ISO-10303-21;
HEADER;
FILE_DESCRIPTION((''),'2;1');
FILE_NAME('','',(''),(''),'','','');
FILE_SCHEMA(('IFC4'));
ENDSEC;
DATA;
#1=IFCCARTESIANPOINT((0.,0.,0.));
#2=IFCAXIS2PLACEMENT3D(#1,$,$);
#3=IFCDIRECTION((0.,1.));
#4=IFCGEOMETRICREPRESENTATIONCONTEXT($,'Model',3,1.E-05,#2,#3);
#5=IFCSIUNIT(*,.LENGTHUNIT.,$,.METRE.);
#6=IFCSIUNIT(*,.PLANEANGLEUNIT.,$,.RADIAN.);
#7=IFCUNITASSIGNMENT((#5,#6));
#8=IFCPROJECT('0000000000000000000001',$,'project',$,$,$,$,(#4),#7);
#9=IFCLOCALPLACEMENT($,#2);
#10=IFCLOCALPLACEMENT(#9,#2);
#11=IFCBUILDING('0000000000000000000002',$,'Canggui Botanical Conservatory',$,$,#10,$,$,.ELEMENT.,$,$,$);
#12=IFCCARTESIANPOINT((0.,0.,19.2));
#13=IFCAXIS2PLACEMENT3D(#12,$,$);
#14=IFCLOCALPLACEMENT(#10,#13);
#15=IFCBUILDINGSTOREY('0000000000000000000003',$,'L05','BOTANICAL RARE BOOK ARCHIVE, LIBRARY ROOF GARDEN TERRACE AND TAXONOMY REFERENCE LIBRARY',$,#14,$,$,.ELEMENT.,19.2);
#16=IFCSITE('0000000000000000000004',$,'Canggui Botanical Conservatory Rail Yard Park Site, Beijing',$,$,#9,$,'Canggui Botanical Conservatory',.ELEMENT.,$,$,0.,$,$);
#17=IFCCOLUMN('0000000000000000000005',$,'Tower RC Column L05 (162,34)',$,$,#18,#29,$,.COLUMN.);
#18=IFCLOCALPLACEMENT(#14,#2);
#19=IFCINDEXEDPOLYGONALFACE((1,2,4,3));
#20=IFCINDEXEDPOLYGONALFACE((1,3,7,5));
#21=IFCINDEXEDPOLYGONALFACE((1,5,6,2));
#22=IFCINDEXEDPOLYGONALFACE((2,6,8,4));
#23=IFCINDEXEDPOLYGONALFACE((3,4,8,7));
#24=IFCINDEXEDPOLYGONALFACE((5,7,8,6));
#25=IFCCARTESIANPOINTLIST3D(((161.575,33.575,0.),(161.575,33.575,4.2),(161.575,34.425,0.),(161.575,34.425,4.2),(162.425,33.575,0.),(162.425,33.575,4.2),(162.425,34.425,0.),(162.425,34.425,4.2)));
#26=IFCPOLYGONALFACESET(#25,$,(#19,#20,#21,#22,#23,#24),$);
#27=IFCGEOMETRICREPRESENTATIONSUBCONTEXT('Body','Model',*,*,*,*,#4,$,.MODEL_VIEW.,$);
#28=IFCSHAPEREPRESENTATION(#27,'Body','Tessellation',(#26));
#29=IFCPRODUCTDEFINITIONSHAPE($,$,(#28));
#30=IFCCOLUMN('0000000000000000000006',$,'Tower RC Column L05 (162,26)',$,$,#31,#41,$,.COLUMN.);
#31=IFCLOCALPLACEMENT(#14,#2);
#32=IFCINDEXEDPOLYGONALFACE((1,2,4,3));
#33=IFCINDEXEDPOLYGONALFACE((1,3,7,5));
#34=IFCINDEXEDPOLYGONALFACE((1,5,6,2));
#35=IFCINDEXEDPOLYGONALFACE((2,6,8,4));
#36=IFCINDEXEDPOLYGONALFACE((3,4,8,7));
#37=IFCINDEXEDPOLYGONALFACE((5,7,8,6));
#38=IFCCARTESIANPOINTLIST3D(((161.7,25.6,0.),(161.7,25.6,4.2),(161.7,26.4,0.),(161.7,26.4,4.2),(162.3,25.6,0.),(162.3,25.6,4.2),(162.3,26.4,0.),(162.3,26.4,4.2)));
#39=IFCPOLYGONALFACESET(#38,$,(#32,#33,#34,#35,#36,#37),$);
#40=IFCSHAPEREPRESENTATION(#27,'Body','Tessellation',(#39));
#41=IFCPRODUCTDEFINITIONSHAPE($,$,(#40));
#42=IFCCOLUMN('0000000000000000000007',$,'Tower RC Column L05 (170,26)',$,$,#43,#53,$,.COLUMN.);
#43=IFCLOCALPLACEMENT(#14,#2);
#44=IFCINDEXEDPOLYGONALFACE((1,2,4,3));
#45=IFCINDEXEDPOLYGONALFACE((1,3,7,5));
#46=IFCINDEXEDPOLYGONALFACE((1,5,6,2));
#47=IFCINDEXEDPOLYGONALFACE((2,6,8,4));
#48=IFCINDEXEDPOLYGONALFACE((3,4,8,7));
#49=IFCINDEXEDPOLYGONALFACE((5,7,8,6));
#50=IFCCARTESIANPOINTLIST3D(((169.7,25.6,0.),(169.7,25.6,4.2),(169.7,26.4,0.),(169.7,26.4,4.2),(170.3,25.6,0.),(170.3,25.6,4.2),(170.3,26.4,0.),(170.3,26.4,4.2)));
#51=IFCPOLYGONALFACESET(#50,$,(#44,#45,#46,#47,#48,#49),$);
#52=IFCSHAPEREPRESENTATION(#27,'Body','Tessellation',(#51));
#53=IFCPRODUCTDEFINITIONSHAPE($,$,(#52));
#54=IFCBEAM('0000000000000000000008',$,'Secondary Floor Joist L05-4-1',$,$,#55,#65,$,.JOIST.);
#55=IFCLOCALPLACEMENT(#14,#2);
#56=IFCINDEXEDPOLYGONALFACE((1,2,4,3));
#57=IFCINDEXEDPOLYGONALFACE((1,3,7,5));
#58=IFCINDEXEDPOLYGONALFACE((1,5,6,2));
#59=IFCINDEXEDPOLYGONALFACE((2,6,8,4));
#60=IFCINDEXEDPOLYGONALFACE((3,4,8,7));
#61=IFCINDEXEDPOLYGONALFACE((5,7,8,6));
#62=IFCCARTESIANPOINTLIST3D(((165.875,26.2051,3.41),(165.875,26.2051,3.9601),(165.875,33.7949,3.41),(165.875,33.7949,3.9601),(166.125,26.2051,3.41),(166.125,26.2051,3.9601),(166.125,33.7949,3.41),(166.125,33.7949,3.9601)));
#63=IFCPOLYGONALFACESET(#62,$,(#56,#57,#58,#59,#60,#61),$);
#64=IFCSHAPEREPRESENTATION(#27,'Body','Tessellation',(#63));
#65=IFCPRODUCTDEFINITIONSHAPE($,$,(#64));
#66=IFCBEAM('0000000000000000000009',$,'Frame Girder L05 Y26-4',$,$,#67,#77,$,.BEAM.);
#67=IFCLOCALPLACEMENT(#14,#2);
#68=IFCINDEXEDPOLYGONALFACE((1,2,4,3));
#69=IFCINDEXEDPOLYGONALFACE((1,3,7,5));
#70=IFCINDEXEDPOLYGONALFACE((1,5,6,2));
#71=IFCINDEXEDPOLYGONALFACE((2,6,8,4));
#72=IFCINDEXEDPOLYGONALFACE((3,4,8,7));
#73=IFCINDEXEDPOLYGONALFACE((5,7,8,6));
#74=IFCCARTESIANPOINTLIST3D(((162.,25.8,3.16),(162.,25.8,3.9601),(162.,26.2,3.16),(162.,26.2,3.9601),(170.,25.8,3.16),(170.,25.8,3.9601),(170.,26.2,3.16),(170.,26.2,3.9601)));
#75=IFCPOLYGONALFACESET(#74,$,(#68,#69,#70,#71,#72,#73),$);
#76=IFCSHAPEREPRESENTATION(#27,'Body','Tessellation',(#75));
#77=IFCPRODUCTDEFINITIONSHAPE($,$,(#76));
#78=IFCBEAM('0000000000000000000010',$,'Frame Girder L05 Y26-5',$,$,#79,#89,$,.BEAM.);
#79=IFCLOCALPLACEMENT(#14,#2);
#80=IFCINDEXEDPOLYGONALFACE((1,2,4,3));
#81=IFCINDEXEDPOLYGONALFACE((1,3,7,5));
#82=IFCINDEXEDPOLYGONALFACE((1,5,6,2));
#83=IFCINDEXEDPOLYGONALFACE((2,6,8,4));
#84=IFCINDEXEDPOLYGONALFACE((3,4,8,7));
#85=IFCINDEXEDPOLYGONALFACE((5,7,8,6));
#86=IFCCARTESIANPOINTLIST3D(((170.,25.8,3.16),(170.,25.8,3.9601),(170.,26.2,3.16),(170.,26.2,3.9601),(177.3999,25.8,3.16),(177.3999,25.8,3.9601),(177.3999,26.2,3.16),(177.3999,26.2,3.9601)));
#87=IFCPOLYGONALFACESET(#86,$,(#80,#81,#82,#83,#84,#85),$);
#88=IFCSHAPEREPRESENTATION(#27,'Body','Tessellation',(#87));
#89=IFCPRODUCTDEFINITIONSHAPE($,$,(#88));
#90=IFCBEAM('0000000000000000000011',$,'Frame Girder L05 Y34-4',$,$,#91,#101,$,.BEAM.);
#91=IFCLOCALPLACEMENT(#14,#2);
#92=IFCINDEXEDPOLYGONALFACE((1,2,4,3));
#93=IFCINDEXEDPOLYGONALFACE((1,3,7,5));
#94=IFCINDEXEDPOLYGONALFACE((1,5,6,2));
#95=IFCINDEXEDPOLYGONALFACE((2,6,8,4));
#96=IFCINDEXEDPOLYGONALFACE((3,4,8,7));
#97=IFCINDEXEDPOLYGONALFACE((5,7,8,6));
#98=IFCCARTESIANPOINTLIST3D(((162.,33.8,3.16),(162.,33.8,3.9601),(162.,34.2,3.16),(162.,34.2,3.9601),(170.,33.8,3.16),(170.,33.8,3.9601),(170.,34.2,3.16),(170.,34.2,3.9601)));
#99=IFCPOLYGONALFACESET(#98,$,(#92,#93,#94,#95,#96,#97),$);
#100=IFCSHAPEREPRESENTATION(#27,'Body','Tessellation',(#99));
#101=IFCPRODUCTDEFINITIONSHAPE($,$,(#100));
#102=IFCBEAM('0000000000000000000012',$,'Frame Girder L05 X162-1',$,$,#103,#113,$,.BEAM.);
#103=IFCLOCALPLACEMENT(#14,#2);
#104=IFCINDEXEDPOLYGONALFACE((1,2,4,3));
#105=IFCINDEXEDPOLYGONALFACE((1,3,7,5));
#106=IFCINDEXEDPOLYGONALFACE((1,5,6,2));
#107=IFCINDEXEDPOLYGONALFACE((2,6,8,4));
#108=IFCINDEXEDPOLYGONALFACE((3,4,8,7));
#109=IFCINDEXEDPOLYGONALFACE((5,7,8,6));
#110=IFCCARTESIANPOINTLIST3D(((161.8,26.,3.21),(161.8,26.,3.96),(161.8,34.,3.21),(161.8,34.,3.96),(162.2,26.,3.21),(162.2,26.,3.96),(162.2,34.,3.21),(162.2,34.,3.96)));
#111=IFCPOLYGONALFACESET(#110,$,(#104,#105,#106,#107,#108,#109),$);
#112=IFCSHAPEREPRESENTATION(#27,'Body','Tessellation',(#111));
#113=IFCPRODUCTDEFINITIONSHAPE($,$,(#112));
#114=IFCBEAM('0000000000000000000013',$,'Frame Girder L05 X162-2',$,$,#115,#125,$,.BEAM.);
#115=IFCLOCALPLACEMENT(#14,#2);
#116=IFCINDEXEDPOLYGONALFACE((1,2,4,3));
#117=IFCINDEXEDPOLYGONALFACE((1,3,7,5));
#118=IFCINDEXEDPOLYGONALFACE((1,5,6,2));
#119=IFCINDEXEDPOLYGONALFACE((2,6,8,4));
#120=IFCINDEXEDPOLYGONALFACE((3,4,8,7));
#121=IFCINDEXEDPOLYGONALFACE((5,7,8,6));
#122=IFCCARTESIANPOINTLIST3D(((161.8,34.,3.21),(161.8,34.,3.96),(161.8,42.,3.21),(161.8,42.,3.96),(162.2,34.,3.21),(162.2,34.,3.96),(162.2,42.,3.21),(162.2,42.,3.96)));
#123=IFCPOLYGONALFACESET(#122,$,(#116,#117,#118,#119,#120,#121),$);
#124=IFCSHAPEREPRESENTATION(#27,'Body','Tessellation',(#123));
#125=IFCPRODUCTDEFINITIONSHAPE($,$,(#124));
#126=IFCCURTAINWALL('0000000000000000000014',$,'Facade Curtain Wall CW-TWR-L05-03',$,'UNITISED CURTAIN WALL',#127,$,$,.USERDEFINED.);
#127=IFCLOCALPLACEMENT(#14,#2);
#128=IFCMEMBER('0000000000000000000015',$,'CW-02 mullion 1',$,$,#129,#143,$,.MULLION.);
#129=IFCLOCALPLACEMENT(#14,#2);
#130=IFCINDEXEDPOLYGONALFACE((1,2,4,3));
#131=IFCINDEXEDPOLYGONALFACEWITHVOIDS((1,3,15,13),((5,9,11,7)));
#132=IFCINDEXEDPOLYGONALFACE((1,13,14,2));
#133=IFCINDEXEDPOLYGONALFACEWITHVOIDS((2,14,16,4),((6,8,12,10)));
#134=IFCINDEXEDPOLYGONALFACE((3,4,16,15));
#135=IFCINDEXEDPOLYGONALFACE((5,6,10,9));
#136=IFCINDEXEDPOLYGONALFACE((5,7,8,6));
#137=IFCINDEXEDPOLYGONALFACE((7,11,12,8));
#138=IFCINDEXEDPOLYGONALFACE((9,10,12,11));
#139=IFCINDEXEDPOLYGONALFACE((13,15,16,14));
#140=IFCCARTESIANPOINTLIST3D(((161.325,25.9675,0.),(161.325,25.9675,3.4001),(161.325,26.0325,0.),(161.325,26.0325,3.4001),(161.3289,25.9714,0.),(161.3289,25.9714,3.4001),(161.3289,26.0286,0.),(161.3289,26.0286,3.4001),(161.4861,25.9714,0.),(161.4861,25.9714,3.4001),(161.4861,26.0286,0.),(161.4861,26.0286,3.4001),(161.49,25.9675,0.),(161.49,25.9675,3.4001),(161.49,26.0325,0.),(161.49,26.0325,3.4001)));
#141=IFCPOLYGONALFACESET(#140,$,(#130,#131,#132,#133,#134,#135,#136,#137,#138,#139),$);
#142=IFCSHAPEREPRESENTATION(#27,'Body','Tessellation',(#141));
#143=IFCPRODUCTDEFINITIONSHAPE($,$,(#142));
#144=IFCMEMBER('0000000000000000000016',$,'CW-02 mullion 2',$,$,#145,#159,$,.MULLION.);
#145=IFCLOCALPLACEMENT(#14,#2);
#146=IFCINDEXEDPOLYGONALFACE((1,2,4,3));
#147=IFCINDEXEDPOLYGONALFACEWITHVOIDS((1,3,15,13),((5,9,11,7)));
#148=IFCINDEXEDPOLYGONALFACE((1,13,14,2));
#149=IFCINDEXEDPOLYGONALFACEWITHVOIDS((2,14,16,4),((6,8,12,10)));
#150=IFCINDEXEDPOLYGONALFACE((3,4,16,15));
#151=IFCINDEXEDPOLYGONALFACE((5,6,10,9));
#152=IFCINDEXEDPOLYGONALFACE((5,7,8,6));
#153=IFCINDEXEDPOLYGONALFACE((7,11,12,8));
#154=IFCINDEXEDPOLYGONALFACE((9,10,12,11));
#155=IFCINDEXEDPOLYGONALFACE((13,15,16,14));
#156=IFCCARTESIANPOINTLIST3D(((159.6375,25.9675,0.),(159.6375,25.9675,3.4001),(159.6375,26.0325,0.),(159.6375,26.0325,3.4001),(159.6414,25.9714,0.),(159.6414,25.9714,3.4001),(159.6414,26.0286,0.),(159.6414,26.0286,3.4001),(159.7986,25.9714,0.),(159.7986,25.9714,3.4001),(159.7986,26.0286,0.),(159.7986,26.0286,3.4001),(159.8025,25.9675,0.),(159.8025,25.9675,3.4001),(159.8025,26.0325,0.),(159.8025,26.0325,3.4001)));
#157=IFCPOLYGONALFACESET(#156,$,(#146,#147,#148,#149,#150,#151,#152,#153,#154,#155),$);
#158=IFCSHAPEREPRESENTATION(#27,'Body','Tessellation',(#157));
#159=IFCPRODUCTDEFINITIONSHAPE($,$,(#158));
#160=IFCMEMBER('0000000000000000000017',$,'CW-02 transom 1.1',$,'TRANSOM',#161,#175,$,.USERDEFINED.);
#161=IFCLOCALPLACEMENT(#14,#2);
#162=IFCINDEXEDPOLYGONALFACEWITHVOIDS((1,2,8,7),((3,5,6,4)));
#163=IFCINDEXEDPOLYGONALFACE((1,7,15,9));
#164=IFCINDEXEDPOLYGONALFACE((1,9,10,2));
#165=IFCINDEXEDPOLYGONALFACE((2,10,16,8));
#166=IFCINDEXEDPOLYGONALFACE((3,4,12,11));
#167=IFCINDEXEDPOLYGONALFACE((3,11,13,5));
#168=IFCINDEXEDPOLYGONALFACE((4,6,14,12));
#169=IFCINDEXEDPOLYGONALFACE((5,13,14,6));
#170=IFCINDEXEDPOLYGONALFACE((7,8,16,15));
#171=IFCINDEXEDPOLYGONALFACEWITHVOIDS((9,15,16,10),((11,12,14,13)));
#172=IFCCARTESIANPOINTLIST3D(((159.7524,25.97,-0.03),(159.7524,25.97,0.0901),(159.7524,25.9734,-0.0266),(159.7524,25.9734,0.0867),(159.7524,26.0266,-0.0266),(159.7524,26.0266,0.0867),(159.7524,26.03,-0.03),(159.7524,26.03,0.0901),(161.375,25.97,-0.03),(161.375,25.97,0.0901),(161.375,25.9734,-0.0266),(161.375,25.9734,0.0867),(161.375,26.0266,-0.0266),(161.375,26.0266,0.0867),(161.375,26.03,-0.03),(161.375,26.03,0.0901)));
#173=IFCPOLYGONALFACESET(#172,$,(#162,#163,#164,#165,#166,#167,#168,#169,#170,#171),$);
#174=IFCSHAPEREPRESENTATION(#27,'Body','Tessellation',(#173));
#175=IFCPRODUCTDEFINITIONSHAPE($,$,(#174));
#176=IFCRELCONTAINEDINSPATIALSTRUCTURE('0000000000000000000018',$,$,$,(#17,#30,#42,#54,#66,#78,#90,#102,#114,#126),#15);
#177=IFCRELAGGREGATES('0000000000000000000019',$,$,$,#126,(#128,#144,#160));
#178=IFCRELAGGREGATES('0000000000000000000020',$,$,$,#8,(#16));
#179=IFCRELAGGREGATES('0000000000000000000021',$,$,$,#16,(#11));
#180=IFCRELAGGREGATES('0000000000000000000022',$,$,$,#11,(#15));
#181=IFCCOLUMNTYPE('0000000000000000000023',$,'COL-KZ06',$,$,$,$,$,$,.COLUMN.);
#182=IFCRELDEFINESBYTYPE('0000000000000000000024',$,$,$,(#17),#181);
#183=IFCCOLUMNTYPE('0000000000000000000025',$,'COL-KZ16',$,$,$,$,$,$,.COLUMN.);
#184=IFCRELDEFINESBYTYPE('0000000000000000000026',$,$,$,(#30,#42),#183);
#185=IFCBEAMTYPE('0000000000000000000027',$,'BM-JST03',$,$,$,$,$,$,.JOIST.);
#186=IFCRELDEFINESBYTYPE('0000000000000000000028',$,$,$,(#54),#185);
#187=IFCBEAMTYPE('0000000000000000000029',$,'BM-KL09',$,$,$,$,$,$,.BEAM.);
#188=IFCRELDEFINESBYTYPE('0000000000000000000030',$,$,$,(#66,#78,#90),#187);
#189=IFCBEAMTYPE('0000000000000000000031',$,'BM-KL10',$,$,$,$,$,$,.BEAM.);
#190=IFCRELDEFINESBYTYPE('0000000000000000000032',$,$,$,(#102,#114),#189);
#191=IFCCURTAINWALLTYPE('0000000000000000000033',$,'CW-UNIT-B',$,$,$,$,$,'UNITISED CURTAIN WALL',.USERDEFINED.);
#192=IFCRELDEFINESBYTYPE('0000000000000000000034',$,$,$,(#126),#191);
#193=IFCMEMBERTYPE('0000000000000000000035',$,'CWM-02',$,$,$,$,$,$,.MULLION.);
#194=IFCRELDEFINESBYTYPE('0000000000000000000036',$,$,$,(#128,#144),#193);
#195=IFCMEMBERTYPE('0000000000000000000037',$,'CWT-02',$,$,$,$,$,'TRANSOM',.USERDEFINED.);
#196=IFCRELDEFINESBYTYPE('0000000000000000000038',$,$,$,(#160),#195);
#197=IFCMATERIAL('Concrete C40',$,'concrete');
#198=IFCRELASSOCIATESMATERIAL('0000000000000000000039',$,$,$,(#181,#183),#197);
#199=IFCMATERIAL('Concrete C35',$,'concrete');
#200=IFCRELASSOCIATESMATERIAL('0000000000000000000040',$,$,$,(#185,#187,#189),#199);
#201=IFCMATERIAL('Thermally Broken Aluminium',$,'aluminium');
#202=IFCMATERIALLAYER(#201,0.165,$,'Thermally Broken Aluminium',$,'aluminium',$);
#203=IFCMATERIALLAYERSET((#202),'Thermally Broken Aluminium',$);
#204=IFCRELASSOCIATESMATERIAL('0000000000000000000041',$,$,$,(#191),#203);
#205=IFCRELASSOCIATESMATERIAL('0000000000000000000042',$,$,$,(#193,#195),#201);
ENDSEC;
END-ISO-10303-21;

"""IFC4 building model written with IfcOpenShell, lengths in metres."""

from ifc_helpers import new_model, si_unit, direction, frame, origin, origin_2d, place, context, subcontext, project, spatial, rectangle, hollow_rectangle, extrude, material, layer, layer_set, material_profile, profile_set, type_object, element, aggregate, save


model = new_model("IFC4")

# Units and contexts
model_context = context("Model", 3, precision=1e-05, world=origin(), true_north=direction((0.0, 1.0)))
body_context = subcontext(model_context, "Body", "Model", "MODEL_VIEW")
ifc_project = project(units=[si_unit("LENGTHUNIT", "METRE"), si_unit("PLANEANGLEUNIT", "RADIAN")], contexts=[model_context])

# Site, building, storey
site_placement = place(None, origin())
site = spatial("IfcSite", under=ifc_project, at=site_placement, Name="Canggui Botanical Conservatory Rail Yard Park Site, Beijing", LongName="Canggui Botanical Conservatory", CompositionType="ELEMENT", RefElevation=0.0)
building_placement = place(site_placement, origin())
building = spatial("IfcBuilding", under=site, at=building_placement, Name="Canggui Botanical Conservatory", CompositionType="ELEMENT")
storey_placement = place(building_placement, frame((0.0, 0.0, 19.2)))
storey = spatial("IfcBuildingStorey", under=building, at=storey_placement, Name="L05", Description="BOTANICAL RARE BOOK ARCHIVE, LIBRARY ROOF GARDEN TERRACE AND TAXONOMY REFERENCE LIBRARY", CompositionType="ELEMENT", Elevation=19.2)

# Columns
ifc_material_1 = material(Name="Concrete C40", Category="concrete")
ifc_material_profile_1 = material_profile(ifc_material_1, rectangle(XDim=0.8501, YDim=0.8501, at=origin_2d()), Name="RC 850x850")
ifc_profile_set_1 = profile_set([ifc_material_profile_1], Name="Concrete C40")
column_type_1 = type_object("IfcColumnType", Name="COL-KZ06", PredefinedType="COLUMN", material=ifc_profile_set_1)
column_placement = place(storey_placement, frame((162.0, 34.0, 0.0), z_axis=(0.0, 0.0, 1.0), x_axis=(1.0, 0.0, 0.0)))
element("IfcColumn", 1, at=column_placement, inside=storey, type_object=column_type_1, Name="Tower RC Column L05 (162,34)", PredefinedType="COLUMN", context=body_context, shape_type="SweptSolid", body=[
    extrude(rectangle(XDim=0.8501, YDim=0.8501, at=origin_2d()), origin(), (0.0, 0.0, 1.0), 4.2),
])
ifc_material_profile_2 = material_profile(ifc_material_1, rectangle(XDim=0.6001, YDim=0.8, at=origin_2d()), Name="RC 600x800")
ifc_profile_set_2 = profile_set([ifc_material_profile_2], Name="Concrete C40")
column_type_2 = type_object("IfcColumnType", Name="COL-KZ16", PredefinedType="COLUMN", material=ifc_profile_set_2)
for number, where, z_axis, x_axis, name in (
    (2, (162.0, 26.0, 0.0), (0.0, 0.0, 1.0), (1.0, 0.0, 0.0), "Tower RC Column L05 (162,26)"),
    (3, (170.0, 26.0, 0.0), (0.0, 0.0, 1.0), (1.0, 0.0, 0.0), "Tower RC Column L05 (170,26)"),
):
    element("IfcColumn", number, at=place(storey_placement, frame(where, z_axis=z_axis, x_axis=x_axis)), inside=storey, type_object=column_type_2, Name=name, PredefinedType="COLUMN", context=body_context, shape_type="SweptSolid", body=[
        extrude(rectangle(XDim=0.6001, YDim=0.8, at=origin_2d()), origin(), (0.0, 0.0, 1.0), 4.2),
    ])

# Beams
ifc_material_2 = material(Name="Concrete C35", Category="concrete")
ifc_material_profile_3 = material_profile(ifc_material_2, rectangle(XDim=0.25, YDim=0.55, at=origin_2d()), Name="RB 250x550")
ifc_profile_set_3 = profile_set([ifc_material_profile_3], Name="Concrete C35")
beam_type_1 = type_object("IfcBeamType", Name="BM-JST03", PredefinedType="JOIST", material=ifc_profile_set_3)
beam_1_placement = place(storey_placement, frame((166.0, 26.2051, 3.6851), z_axis=(0.0, 1.0, 0.0), x_axis=(-1.0, 0.0, 0.0)))
element("IfcBeam", 4, at=beam_1_placement, inside=storey, type_object=beam_type_1, Name="Secondary Floor Joist L05-4-1", PredefinedType="JOIST", context=body_context, shape_type="SweptSolid", body=[
    extrude(rectangle(XDim=0.25, YDim=0.55, at=origin_2d()), origin(), (0.0, 0.0, 1.0), 7.5898),
])
ifc_material_profile_4 = material_profile(ifc_material_2, rectangle(XDim=0.3999, YDim=0.8, at=origin_2d()), Name="RB 400x800")
ifc_profile_set_4 = profile_set([ifc_material_profile_4], Name="Concrete C35")
beam_type_2 = type_object("IfcBeamType", Name="BM-KL09", PredefinedType="BEAM", material=ifc_profile_set_4)
beam_2_placement = place(storey_placement, frame((162.0, 26.0, 3.5601), z_axis=(1.0, 0.0, 0.0), x_axis=(0.0, 1.0, 0.0)))
element("IfcBeam", 5, at=beam_2_placement, inside=storey, type_object=beam_type_2, Name="Frame Girder L05 Y26-4", PredefinedType="BEAM", context=body_context, shape_type="SweptSolid", body=[
    extrude(rectangle(XDim=0.3999, YDim=0.8, at=origin_2d()), origin(), (0.0, 0.0, 1.0), 8.0),
])
beam_3_placement = place(storey_placement, frame((170.0, 26.0, 3.5601), z_axis=(1.0, 0.0, 0.0), x_axis=(0.0, 1.0, 0.0)))
element("IfcBeam", 6, at=beam_3_placement, inside=storey, type_object=beam_type_2, Name="Frame Girder L05 Y26-5", PredefinedType="BEAM", context=body_context, shape_type="SweptSolid", body=[
    extrude(rectangle(XDim=0.3999, YDim=0.8, at=origin_2d()), origin(), (0.0, 0.0, 1.0), 7.3999),
])
beam_4_placement = place(storey_placement, frame((162.0, 34.0, 3.5601), z_axis=(1.0, 0.0, 0.0), x_axis=(0.0, 1.0, 0.0)))
element("IfcBeam", 7, at=beam_4_placement, inside=storey, type_object=beam_type_2, Name="Frame Girder L05 Y34-4", PredefinedType="BEAM", context=body_context, shape_type="SweptSolid", body=[
    extrude(rectangle(XDim=0.3999, YDim=0.8, at=origin_2d()), origin(), (0.0, 0.0, 1.0), 8.0),
])
ifc_material_profile_5 = material_profile(ifc_material_2, rectangle(XDim=0.3999, YDim=0.75, at=origin_2d()), Name="RB 400x750")
ifc_profile_set_5 = profile_set([ifc_material_profile_5], Name="Concrete C35")
beam_type_3 = type_object("IfcBeamType", Name="BM-KL10", PredefinedType="BEAM", material=ifc_profile_set_5)
for number, where, z_axis, x_axis, name in (
    (8, (162.0, 26.0, 3.585), (0.0, 1.0, 0.0), (-1.0, 0.0, 0.0), "Frame Girder L05 X162-1"),
    (9, (162.0, 34.0, 3.585), (0.0, 1.0, 0.0), (-1.0, 0.0, 0.0), "Frame Girder L05 X162-2"),
):
    element("IfcBeam", number, at=place(storey_placement, frame(where, z_axis=z_axis, x_axis=x_axis)), inside=storey, type_object=beam_type_3, Name=name, PredefinedType="BEAM", context=body_context, shape_type="SweptSolid", body=[
        extrude(rectangle(XDim=0.3999, YDim=0.75, at=origin_2d()), origin(), (0.0, 0.0, 1.0), 8.0),
    ])

# Curtain wall, members
ifc_material_3 = material(Name="Thermally Broken Aluminium", Category="aluminium")
ifc_layer_1 = layer(ifc_material_3, 0.165, Name="Thermally Broken Aluminium", Category="aluminium")
ifc_layer_set_1 = layer_set([ifc_layer_1], Name="Thermally Broken Aluminium")
curtain_wall_type = type_object("IfcCurtainWallType", Name="CW-UNIT-B", ElementType="UNITISED CURTAIN WALL", PredefinedType="USERDEFINED", material=ifc_layer_set_1)
curtain_wall_placement = place(storey_placement, origin())
curtain_wall = element("IfcCurtainWall", 10, at=curtain_wall_placement, inside=storey, type_object=curtain_wall_type, Name="Facade Curtain Wall CW-TWR-L05-03", ObjectType="UNITISED CURTAIN WALL", PredefinedType="USERDEFINED")
ifc_material_profile_6 = material_profile(ifc_material_3, hollow_rectangle(XDim=0.0649, YDim=0.165, WallThickness=0.0039, at=origin_2d()), Name="CWM 65x165x4")
ifc_profile_set_6 = profile_set([ifc_material_profile_6], Name="Thermally Broken Aluminium")
member_type_1 = type_object("IfcMemberType", Name="CWM-02", PredefinedType="MULLION", material=ifc_profile_set_6)
member_1_placement = place(storey_placement, frame((161.4075, 26.0, 0.0), z_axis=(0.0, 0.0, 1.0), x_axis=(0.0, -1.0, 0.0)))
member_1 = element("IfcMember", 11, at=member_1_placement, type_object=member_type_1, Name="CW-02 mullion 1", PredefinedType="MULLION", context=body_context, shape_type="SweptSolid", body=[
    extrude(hollow_rectangle(XDim=0.0649, YDim=0.165, WallThickness=0.0039, at=origin_2d()), origin(), (0.0, 0.0, 1.0), 3.4001),
])
member_2_placement = place(storey_placement, frame((159.72, 26.0, 0.0), z_axis=(0.0, 0.0, 1.0), x_axis=(0.0, -1.0, 0.0)))
member_2 = element("IfcMember", 12, at=member_2_placement, type_object=member_type_1, Name="CW-02 mullion 2", PredefinedType="MULLION", context=body_context, shape_type="SweptSolid", body=[
    extrude(hollow_rectangle(XDim=0.0649, YDim=0.165, WallThickness=0.0039, at=origin_2d()), origin(), (0.0, 0.0, 1.0), 3.4001),
])
ifc_material_profile_7 = material_profile(ifc_material_3, hollow_rectangle(XDim=0.0601, YDim=0.1201, WallThickness=0.0034, at=origin_2d()), Name="CWT 60x120x3.5")
ifc_profile_set_7 = profile_set([ifc_material_profile_7], Name="Thermally Broken Aluminium")
member_type_2 = type_object("IfcMemberType", Name="CWT-02", ElementType="TRANSOM", PredefinedType="USERDEFINED", material=ifc_profile_set_7)
member_3_placement = place(storey_placement, frame((161.375, 26.0, 0.03), z_axis=(-1.0, 0.0, 0.0), x_axis=(0.0, -1.0, 0.0)))
member_3 = element("IfcMember", 13, at=member_3_placement, type_object=member_type_2, Name="CW-02 transom 1.1", ObjectType="TRANSOM", PredefinedType="USERDEFINED", context=body_context, shape_type="SweptSolid", body=[
    extrude(hollow_rectangle(XDim=0.0601, YDim=0.1201, WallThickness=0.0034, at=origin_2d()), origin(), (0.0, 0.0, 1.0), 1.6226),
])
aggregate(curtain_wall, [member_1, member_2, member_3])

save(model, "model.ifc")
